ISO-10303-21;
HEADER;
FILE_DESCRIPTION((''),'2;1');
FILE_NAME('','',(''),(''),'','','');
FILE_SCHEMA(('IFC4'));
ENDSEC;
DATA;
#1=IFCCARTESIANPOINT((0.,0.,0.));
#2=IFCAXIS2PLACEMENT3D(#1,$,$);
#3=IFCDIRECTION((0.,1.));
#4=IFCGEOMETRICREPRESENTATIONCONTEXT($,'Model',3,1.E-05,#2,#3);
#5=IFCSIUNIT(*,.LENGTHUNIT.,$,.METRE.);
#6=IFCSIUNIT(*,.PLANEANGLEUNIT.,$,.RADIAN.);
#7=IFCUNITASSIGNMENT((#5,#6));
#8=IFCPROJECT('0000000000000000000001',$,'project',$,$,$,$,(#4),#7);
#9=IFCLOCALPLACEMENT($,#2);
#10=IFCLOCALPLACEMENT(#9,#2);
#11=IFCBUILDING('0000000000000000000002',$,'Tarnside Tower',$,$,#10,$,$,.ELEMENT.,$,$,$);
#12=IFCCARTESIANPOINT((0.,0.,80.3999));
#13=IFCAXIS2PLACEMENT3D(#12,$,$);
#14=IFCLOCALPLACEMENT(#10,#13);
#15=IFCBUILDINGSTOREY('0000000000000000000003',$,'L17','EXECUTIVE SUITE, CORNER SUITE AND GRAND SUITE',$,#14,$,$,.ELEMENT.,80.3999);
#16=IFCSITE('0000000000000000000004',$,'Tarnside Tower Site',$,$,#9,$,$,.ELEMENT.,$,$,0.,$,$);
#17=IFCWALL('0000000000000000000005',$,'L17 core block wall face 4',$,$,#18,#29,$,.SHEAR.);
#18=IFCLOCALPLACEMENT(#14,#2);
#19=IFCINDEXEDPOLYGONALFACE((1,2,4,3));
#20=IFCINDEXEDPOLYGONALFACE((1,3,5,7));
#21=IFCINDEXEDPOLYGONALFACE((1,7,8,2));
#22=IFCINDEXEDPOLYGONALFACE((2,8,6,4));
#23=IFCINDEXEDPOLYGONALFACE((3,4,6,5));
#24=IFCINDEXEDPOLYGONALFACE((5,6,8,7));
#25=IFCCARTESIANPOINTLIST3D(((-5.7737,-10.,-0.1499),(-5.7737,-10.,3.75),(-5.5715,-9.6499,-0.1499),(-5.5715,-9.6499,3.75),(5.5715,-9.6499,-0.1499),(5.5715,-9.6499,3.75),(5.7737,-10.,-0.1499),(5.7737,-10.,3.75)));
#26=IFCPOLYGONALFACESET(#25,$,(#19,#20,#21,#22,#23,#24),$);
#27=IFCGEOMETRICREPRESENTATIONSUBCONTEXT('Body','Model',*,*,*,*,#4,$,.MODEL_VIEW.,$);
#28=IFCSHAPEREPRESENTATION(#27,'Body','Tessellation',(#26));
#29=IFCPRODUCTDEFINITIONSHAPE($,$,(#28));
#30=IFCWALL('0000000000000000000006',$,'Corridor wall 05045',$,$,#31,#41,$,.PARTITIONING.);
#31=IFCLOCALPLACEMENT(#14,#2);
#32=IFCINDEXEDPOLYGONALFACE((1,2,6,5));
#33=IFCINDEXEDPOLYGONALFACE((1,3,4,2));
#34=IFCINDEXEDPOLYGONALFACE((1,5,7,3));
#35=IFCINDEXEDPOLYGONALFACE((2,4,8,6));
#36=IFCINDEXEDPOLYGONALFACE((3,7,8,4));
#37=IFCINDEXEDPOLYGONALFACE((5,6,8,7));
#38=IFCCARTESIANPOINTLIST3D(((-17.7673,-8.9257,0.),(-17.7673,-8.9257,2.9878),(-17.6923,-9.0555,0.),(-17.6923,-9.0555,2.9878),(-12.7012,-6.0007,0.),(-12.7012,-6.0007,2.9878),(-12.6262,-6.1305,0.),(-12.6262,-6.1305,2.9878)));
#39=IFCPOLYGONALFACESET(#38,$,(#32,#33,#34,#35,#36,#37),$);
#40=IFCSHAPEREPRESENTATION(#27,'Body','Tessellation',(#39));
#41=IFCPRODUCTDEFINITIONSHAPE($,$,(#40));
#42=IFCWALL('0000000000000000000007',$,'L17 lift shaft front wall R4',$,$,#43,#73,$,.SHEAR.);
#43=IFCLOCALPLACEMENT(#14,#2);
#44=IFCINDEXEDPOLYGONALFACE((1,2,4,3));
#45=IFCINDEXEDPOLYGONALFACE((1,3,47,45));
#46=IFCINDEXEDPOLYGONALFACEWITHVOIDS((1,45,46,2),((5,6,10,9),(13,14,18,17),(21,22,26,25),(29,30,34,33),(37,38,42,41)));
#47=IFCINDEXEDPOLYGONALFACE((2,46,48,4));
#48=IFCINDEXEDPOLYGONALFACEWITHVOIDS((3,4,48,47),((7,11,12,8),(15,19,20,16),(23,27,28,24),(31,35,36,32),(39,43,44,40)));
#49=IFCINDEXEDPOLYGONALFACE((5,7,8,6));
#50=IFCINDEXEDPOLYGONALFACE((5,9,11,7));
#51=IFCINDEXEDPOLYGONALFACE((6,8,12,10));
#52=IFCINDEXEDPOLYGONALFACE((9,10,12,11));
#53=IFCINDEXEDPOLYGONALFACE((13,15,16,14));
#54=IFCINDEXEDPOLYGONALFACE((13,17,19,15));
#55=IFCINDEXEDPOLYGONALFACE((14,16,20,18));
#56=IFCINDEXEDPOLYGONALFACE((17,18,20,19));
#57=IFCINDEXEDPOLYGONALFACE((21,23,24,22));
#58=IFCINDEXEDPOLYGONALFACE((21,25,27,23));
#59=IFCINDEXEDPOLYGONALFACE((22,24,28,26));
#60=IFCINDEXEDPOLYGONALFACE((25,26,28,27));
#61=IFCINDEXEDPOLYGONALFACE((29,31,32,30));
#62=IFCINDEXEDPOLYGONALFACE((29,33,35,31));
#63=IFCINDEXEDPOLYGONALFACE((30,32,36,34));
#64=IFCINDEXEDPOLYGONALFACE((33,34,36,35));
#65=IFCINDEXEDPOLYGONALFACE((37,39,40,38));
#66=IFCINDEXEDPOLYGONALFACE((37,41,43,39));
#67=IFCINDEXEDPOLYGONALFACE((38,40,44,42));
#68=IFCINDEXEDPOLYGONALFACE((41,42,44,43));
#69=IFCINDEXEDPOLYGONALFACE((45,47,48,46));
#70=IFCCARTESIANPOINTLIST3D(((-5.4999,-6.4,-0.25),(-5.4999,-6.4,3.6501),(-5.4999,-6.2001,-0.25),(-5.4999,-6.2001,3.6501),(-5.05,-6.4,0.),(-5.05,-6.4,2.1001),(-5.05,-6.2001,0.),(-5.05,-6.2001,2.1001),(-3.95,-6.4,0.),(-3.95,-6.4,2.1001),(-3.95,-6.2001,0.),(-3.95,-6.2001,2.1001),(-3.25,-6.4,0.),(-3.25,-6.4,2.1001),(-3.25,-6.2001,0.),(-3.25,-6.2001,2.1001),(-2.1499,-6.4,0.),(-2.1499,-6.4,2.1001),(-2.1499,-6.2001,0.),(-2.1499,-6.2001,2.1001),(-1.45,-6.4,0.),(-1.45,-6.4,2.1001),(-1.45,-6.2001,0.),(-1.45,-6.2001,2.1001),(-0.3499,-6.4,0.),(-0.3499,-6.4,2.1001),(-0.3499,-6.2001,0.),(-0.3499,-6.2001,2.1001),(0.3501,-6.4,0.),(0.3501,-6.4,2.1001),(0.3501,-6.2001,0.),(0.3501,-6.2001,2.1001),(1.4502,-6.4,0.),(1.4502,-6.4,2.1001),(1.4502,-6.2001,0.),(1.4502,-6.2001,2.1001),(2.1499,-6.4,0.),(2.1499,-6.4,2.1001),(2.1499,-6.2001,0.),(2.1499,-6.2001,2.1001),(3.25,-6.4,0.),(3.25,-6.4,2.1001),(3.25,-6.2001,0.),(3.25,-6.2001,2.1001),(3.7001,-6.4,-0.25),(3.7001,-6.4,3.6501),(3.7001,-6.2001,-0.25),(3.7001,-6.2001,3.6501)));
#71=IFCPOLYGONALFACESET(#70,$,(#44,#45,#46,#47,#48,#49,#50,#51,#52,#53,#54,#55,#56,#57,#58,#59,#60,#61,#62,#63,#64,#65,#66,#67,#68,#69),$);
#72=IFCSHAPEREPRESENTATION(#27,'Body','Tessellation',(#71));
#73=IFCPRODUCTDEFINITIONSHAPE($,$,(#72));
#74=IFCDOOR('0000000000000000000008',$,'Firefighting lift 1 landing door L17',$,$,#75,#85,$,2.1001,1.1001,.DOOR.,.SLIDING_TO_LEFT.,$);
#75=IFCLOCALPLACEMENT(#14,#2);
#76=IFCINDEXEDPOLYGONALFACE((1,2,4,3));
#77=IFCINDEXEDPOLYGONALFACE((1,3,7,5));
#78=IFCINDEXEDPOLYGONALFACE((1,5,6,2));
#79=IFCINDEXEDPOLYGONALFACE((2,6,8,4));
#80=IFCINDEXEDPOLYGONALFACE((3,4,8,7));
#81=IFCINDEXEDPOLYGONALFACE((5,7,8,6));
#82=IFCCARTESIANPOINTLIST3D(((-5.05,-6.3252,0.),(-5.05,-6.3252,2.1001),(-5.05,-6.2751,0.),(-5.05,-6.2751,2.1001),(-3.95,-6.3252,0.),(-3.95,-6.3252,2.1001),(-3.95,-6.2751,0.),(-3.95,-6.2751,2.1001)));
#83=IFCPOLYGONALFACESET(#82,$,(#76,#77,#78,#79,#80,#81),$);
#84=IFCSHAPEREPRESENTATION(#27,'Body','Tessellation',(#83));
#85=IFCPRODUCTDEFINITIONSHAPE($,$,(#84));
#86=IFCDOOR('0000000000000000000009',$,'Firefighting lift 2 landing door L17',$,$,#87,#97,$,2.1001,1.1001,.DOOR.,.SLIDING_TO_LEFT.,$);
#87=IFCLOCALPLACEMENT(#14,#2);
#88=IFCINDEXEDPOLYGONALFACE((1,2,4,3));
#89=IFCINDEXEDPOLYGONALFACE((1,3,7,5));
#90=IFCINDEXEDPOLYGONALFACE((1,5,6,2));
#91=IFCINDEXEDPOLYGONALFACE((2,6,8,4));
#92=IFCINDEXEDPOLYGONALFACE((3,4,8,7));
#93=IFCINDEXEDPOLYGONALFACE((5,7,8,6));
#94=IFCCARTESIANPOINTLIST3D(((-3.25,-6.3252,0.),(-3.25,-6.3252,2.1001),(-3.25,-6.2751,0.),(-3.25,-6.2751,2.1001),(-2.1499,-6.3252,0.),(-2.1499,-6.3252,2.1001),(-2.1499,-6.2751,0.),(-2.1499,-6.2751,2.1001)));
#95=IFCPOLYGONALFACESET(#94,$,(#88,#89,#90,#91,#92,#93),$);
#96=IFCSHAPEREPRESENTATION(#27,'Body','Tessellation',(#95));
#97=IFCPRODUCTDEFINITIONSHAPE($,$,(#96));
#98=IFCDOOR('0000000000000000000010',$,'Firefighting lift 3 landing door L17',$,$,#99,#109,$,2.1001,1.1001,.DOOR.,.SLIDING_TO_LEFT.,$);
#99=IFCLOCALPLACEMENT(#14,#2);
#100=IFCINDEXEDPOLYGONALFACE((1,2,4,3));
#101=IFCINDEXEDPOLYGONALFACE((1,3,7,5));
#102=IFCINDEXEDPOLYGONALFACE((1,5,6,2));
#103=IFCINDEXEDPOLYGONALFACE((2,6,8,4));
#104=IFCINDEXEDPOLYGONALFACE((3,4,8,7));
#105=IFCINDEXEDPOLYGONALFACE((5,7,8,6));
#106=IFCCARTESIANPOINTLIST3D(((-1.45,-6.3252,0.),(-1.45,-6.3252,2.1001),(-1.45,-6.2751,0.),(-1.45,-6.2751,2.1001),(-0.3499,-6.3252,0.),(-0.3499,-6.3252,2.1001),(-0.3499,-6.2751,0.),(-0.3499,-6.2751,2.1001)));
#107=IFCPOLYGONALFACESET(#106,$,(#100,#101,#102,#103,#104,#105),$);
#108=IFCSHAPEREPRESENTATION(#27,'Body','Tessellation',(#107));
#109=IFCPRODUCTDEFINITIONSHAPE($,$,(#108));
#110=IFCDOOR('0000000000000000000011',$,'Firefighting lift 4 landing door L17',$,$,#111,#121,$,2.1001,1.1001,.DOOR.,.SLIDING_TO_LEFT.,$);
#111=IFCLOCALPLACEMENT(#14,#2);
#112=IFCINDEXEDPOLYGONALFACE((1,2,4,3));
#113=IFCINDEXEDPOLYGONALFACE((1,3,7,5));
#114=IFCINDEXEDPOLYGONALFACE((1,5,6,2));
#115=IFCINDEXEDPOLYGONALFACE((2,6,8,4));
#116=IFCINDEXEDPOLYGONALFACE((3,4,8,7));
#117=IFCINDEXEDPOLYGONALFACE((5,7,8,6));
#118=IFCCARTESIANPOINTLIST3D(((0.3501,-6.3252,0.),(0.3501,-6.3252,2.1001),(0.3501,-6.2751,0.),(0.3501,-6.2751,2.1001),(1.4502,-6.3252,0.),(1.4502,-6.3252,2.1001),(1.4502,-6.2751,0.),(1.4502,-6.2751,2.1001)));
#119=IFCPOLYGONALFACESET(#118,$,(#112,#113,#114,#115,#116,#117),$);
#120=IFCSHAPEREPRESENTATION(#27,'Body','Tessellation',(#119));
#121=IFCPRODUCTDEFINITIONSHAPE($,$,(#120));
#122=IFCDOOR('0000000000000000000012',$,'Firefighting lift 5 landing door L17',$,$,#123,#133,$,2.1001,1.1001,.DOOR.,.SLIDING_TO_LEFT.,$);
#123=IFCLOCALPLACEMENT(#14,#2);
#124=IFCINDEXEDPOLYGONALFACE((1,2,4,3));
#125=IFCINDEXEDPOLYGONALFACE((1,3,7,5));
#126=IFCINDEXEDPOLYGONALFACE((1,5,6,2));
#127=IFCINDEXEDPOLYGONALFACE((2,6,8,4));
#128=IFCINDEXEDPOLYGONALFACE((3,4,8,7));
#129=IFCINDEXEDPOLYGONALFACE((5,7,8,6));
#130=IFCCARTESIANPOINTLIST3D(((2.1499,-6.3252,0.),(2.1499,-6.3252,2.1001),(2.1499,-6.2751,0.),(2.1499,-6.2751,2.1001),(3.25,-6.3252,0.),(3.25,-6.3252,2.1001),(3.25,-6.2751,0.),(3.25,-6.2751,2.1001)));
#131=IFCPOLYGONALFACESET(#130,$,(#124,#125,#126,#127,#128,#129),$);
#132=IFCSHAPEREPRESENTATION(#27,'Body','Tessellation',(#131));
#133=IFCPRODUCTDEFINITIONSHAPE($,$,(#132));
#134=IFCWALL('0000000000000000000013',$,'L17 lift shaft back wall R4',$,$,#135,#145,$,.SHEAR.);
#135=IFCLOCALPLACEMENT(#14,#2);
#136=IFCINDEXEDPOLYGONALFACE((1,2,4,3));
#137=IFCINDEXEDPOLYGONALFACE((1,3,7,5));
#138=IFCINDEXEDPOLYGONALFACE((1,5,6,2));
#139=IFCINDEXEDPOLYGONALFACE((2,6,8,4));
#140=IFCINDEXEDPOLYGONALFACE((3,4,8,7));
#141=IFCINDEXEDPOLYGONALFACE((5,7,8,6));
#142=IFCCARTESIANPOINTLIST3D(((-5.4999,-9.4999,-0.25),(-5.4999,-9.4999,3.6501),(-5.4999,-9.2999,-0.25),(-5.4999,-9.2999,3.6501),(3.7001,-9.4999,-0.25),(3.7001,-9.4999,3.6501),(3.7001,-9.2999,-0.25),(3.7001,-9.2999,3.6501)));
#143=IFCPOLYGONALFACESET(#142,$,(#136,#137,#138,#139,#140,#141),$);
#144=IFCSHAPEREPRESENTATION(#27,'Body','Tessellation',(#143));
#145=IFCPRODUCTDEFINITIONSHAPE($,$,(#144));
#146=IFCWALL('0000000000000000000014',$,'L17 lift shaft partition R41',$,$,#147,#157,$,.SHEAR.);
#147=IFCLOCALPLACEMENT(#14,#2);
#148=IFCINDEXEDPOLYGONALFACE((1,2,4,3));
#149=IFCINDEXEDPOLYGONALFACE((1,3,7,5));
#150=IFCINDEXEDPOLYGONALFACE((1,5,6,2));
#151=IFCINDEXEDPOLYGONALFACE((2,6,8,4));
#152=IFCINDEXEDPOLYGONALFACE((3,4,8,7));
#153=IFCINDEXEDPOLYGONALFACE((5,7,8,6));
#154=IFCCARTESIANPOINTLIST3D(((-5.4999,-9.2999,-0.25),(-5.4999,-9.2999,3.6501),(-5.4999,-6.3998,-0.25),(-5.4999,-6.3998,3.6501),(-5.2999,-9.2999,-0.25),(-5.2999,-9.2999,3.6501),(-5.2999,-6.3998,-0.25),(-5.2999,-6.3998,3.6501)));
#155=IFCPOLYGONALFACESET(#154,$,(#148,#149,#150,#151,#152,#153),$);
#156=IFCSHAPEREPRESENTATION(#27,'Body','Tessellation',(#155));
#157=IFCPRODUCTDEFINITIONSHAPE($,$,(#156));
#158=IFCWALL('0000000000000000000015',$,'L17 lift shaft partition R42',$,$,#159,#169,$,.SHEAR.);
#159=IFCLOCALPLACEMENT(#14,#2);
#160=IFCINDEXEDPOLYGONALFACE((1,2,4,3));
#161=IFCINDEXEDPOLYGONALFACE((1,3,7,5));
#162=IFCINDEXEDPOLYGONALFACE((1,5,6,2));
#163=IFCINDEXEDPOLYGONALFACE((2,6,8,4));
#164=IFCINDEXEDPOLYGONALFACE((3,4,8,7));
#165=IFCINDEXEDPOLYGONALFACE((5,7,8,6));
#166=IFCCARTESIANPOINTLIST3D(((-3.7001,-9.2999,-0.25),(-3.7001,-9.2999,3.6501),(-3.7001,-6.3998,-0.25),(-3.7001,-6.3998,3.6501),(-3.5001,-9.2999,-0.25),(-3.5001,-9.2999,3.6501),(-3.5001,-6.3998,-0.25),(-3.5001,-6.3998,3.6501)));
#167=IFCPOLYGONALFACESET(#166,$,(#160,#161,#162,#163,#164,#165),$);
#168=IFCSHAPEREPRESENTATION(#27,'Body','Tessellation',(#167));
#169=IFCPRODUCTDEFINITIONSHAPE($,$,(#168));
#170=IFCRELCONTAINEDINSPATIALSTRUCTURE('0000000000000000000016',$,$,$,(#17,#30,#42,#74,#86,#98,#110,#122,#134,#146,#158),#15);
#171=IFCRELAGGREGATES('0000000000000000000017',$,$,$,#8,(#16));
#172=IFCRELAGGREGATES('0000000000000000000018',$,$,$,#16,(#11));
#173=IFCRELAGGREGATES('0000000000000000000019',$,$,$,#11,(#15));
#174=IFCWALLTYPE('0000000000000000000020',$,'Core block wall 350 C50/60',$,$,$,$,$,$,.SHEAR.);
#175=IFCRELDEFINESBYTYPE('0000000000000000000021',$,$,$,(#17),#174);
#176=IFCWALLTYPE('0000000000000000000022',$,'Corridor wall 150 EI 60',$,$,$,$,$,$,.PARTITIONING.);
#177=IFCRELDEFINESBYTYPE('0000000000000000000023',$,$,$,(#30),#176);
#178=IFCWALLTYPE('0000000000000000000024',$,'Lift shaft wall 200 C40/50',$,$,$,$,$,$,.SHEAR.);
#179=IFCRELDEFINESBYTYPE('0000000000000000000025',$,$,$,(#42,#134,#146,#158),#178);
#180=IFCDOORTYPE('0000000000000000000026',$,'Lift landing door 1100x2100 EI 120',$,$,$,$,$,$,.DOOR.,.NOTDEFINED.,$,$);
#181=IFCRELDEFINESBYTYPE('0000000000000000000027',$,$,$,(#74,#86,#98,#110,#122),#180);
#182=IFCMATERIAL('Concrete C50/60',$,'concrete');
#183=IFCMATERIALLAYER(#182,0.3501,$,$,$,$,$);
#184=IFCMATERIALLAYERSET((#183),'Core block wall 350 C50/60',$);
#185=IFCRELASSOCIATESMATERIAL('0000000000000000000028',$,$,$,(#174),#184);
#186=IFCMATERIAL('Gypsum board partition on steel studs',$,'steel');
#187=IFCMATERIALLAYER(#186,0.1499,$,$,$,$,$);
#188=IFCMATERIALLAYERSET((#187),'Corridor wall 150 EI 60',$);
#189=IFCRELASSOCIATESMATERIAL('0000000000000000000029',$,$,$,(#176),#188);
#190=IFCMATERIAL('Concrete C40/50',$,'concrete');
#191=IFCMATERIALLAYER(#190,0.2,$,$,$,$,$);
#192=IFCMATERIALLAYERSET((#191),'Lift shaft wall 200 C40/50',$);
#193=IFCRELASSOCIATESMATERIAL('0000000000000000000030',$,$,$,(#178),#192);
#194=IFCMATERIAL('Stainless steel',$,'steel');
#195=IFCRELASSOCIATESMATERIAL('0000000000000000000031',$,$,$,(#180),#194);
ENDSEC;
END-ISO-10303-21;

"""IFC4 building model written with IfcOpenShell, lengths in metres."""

from ifc_helpers import new_model, si_unit, direction, frame, frame_2d, origin, place, context, subcontext, project, spatial, polyline, rectangle, outline, extrude, material, layer, layer_set, type_object, element, fill, save


model = new_model("IFC4")

# Units and contexts
model_context = context("Model", 3, precision=1e-05, world=origin(), true_north=direction((0.0, 1.0)))
body_context = subcontext(model_context, "Body", "Model", "MODEL_VIEW")
ifc_project = project(units=[si_unit("LENGTHUNIT", "METRE"), si_unit("PLANEANGLEUNIT", "RADIAN")], contexts=[model_context])

# Site, building, storey
site_placement = place(None, origin())
site = spatial("IfcSite", under=ifc_project, at=site_placement, Name="Tarnside Tower Site", CompositionType="ELEMENT", RefElevation=0.0)
building_placement = place(site_placement, origin())
building = spatial("IfcBuilding", under=site, at=building_placement, Name="Tarnside Tower", CompositionType="ELEMENT")
storey_placement = place(building_placement, frame((0.0, 0.0, 80.3999)))
storey = spatial("IfcBuildingStorey", under=building, at=storey_placement, Name="L17", Description="EXECUTIVE SUITE, CORNER SUITE AND GRAND SUITE", CompositionType="ELEMENT", Elevation=80.3999)

# Walls
ifc_material_1 = material(Name="Concrete C50/60", Category="concrete")
ifc_layer_1 = layer(ifc_material_1, 0.3501)
ifc_layer_set_1 = layer_set([ifc_layer_1], Name="Core block wall 350 C50/60")
wall_type_1 = type_object("IfcWallType", Name="Core block wall 350 C50/60", PredefinedType="SHEAR", material=ifc_layer_set_1)
wall_1_placement = place(storey_placement, frame((-5.6726, -9.825, -0.1499), z_axis=(0.0, 0.0, 1.0), x_axis=(1.0, 0.0, 0.0)))
element("IfcWall", 1, at=wall_1_placement, inside=storey, type_object=wall_type_1, Name="L17 core block wall face 4", PredefinedType="SHEAR", context=body_context, shape_type="SweptSolid", body=[
    extrude(outline(polyline([(-0.1011, -0.175), (11.4463, -0.175), (11.2441, 0.175), (0.1011, 0.175), (-0.1011, -0.175)])), origin(), (0.0, 0.0, 1.0), 3.8999),
])
ifc_material_2 = material(Name="Gypsum board partition on steel studs", Category="steel")
ifc_layer_2 = layer(ifc_material_2, 0.1499)
ifc_layer_set_2 = layer_set([ifc_layer_2], Name="Corridor wall 150 EI 60")
wall_type_2 = type_object("IfcWallType", Name="Corridor wall 150 EI 60", PredefinedType="PARTITIONING", material=ifc_layer_set_2)
wall_2_placement = place(storey_placement, frame((-12.6638, -6.0657, 0.0), z_axis=(0.0, 0.0, 1.0), x_axis=(-0.866018, -0.500013, 0.0)))
element("IfcWall", 2, at=wall_2_placement, inside=storey, type_object=wall_type_2, Name="Corridor wall 05045", PredefinedType="PARTITIONING", context=body_context, shape_type="SweptSolid", body=[
    extrude(rectangle(XDim=5.8499, YDim=0.1499, at=frame_2d((2.9248, 0.0))), origin(), (0.0, 0.0, 1.0), 2.9878),
])

# Wall, openings, doors
ifc_material_3 = material(Name="Concrete C40/50", Category="concrete")
ifc_layer_3 = layer(ifc_material_3, 0.2)
ifc_layer_set_3 = layer_set([ifc_layer_3], Name="Lift shaft wall 200 C40/50")
wall_type_3 = type_object("IfcWallType", Name="Lift shaft wall 200 C40/50", PredefinedType="SHEAR", material=ifc_layer_set_3)
wall_3_placement = place(storey_placement, frame((-5.5, -6.3, -0.25), z_axis=(0.0, 0.0, 1.0), x_axis=(1.0, 0.0, 0.0)))
wall_3 = element("IfcWall", 3, at=wall_3_placement, inside=storey, type_object=wall_type_3, Name="L17 lift shaft front wall R4", PredefinedType="SHEAR", context=body_context, shape_type="SweptSolid", body=[
    extrude(rectangle(XDim=9.2, YDim=0.2, at=frame_2d((4.6001, 0.0))), origin(), (0.0, 0.0, 1.0), 3.9001),
])
opening_1_placement = place(wall_3_placement, frame((0.45, 0.0, 0.25)))
opening_1 = element("IfcOpeningElement", 4, at=opening_1_placement, cuts=wall_3, PredefinedType="OPENING", context=body_context, shape_type="SweptSolid", body=[
    extrude(rectangle(XDim=1.1001, YDim=2.1001, at=frame_2d((0.55, 1.05))), frame((0.0, 0.1099, 0.0), z_axis=(0.0, -1.0, 0.0), x_axis=(1.0, 0.0, 0.0)), (0.0, 0.0, 1.0), 0.22),
])
opening_2_placement = place(wall_3_placement, frame((2.25, 0.0, 0.25)))
opening_2 = element("IfcOpeningElement", 5, at=opening_2_placement, cuts=wall_3, PredefinedType="OPENING", context=body_context, shape_type="SweptSolid", body=[
    extrude(rectangle(XDim=1.1001, YDim=2.1001, at=frame_2d((0.55, 1.05))), frame((0.0, 0.1099, 0.0), z_axis=(0.0, -1.0, 0.0), x_axis=(1.0, 0.0, 0.0)), (0.0, 0.0, 1.0), 0.22),
])
opening_3_placement = place(wall_3_placement, frame((4.05, 0.0, 0.25)))
opening_3 = element("IfcOpeningElement", 6, at=opening_3_placement, cuts=wall_3, PredefinedType="OPENING", context=body_context, shape_type="SweptSolid", body=[
    extrude(rectangle(XDim=1.1001, YDim=2.1001, at=frame_2d((0.55, 1.05))), frame((0.0, 0.1099, 0.0), z_axis=(0.0, -1.0, 0.0), x_axis=(1.0, 0.0, 0.0)), (0.0, 0.0, 1.0), 0.22),
])
opening_4_placement = place(wall_3_placement, frame((5.8501, 0.0, 0.25)))
opening_4 = element("IfcOpeningElement", 7, at=opening_4_placement, cuts=wall_3, PredefinedType="OPENING", context=body_context, shape_type="SweptSolid", body=[
    extrude(rectangle(XDim=1.1001, YDim=2.1001, at=frame_2d((0.55, 1.05))), frame((0.0, 0.1099, 0.0), z_axis=(0.0, -1.0, 0.0), x_axis=(1.0, 0.0, 0.0)), (0.0, 0.0, 1.0), 0.22),
])
opening_5_placement = place(wall_3_placement, frame((7.6499, 0.0, 0.25)))
opening_5 = element("IfcOpeningElement", 8, at=opening_5_placement, cuts=wall_3, PredefinedType="OPENING", context=body_context, shape_type="SweptSolid", body=[
    extrude(rectangle(XDim=1.1001, YDim=2.1001, at=frame_2d((0.55, 1.05))), frame((0.0, 0.1099, 0.0), z_axis=(0.0, -1.0, 0.0), x_axis=(1.0, 0.0, 0.0)), (0.0, 0.0, 1.0), 0.22),
])
ifc_material_4 = material(Name="Stainless steel", Category="steel")
door_type_1 = type_object("IfcDoorType", Name="Lift landing door 1100x2100 EI 120", OperationType="NOTDEFINED", PredefinedType="DOOR", material=ifc_material_4)
door_1_placement = place(opening_1_placement, origin())
door_1 = element("IfcDoor", 9, at=door_1_placement, inside=storey, type_object=door_type_1, Name="Firefighting lift 1 landing door L17", OperationType="SLIDING_TO_LEFT", OverallHeight=2.1001, OverallWidth=1.1001, PredefinedType="DOOR", context=body_context, shape_type="SweptSolid", body=[
    extrude(rectangle(XDim=1.1001, YDim=2.1001, at=frame_2d((0.55, 1.05))), frame((0.0, 0.0249, 0.0), z_axis=(0.0, -1.0, 0.0), x_axis=(1.0, 0.0, 0.0)), (0.0, 0.0, 1.0), 0.05),
])
fill(opening_1, door_1)
door_2_placement = place(opening_2_placement, origin())
door_2 = element("IfcDoor", 10, at=door_2_placement, inside=storey, type_object=door_type_1, Name="Firefighting lift 2 landing door L17", OperationType="SLIDING_TO_LEFT", OverallHeight=2.1001, OverallWidth=1.1001, PredefinedType="DOOR", context=body_context, shape_type="SweptSolid", body=[
    extrude(rectangle(XDim=1.1001, YDim=2.1001, at=frame_2d((0.55, 1.05))), frame((0.0, 0.0249, 0.0), z_axis=(0.0, -1.0, 0.0), x_axis=(1.0, 0.0, 0.0)), (0.0, 0.0, 1.0), 0.05),
])
fill(opening_2, door_2)
door_3_placement = place(opening_3_placement, origin())
door_3 = element("IfcDoor", 11, at=door_3_placement, inside=storey, type_object=door_type_1, Name="Firefighting lift 3 landing door L17", OperationType="SLIDING_TO_LEFT", OverallHeight=2.1001, OverallWidth=1.1001, PredefinedType="DOOR", context=body_context, shape_type="SweptSolid", body=[
    extrude(rectangle(XDim=1.1001, YDim=2.1001, at=frame_2d((0.55, 1.05))), frame((0.0, 0.0249, 0.0), z_axis=(0.0, -1.0, 0.0), x_axis=(1.0, 0.0, 0.0)), (0.0, 0.0, 1.0), 0.05),
])
fill(opening_3, door_3)
door_4_placement = place(opening_4_placement, origin())
door_4 = element("IfcDoor", 12, at=door_4_placement, inside=storey, type_object=door_type_1, Name="Firefighting lift 4 landing door L17", OperationType="SLIDING_TO_LEFT", OverallHeight=2.1001, OverallWidth=1.1001, PredefinedType="DOOR", context=body_context, shape_type="SweptSolid", body=[
    extrude(rectangle(XDim=1.1001, YDim=2.1001, at=frame_2d((0.55, 1.05))), frame((0.0, 0.0249, 0.0), z_axis=(0.0, -1.0, 0.0), x_axis=(1.0, 0.0, 0.0)), (0.0, 0.0, 1.0), 0.05),
])
fill(opening_4, door_4)
door_5_placement = place(opening_5_placement, origin())
door_5 = element("IfcDoor", 13, at=door_5_placement, inside=storey, type_object=door_type_1, Name="Firefighting lift 5 landing door L17", OperationType="SLIDING_TO_LEFT", OverallHeight=2.1001, OverallWidth=1.1001, PredefinedType="DOOR", context=body_context, shape_type="SweptSolid", body=[
    extrude(rectangle(XDim=1.1001, YDim=2.1001, at=frame_2d((0.55, 1.05))), frame((0.0, 0.0249, 0.0), z_axis=(0.0, -1.0, 0.0), x_axis=(1.0, 0.0, 0.0)), (0.0, 0.0, 1.0), 0.05),
])
fill(opening_5, door_5)

# Walls
wall_4_placement = place(storey_placement, frame((-5.5, -9.3999, -0.25), z_axis=(0.0, 0.0, 1.0), x_axis=(1.0, 0.0, 0.0)))
element("IfcWall", 14, at=wall_4_placement, inside=storey, type_object=wall_type_3, Name="L17 lift shaft back wall R4", PredefinedType="SHEAR", context=body_context, shape_type="SweptSolid", body=[
    extrude(rectangle(XDim=9.2, YDim=0.2, at=frame_2d((4.6001, 0.0))), origin(), (0.0, 0.0, 1.0), 3.9001),
])
for number, where, z_axis, x_axis, name in (
    (15, (-5.3999, -9.3, -0.25), (0.0, 0.0, 1.0), (0.0, 1.0, 0.0), "L17 lift shaft partition R41"),
    (16, (-3.6001, -9.3, -0.25), (0.0, 0.0, 1.0), (0.0, 1.0, 0.0), "L17 lift shaft partition R42"),
):
    element("IfcWall", number, at=place(storey_placement, frame(where, z_axis=z_axis, x_axis=x_axis)), inside=storey, type_object=wall_type_3, Name=name, PredefinedType="SHEAR", context=body_context, shape_type="SweptSolid", body=[
        extrude(rectangle(XDim=2.9001, YDim=0.2, at=frame_2d((1.4502, 0.0))), origin(), (0.0, 0.0, 1.0), 3.9001),
    ])

save(model, "model.ifc")
